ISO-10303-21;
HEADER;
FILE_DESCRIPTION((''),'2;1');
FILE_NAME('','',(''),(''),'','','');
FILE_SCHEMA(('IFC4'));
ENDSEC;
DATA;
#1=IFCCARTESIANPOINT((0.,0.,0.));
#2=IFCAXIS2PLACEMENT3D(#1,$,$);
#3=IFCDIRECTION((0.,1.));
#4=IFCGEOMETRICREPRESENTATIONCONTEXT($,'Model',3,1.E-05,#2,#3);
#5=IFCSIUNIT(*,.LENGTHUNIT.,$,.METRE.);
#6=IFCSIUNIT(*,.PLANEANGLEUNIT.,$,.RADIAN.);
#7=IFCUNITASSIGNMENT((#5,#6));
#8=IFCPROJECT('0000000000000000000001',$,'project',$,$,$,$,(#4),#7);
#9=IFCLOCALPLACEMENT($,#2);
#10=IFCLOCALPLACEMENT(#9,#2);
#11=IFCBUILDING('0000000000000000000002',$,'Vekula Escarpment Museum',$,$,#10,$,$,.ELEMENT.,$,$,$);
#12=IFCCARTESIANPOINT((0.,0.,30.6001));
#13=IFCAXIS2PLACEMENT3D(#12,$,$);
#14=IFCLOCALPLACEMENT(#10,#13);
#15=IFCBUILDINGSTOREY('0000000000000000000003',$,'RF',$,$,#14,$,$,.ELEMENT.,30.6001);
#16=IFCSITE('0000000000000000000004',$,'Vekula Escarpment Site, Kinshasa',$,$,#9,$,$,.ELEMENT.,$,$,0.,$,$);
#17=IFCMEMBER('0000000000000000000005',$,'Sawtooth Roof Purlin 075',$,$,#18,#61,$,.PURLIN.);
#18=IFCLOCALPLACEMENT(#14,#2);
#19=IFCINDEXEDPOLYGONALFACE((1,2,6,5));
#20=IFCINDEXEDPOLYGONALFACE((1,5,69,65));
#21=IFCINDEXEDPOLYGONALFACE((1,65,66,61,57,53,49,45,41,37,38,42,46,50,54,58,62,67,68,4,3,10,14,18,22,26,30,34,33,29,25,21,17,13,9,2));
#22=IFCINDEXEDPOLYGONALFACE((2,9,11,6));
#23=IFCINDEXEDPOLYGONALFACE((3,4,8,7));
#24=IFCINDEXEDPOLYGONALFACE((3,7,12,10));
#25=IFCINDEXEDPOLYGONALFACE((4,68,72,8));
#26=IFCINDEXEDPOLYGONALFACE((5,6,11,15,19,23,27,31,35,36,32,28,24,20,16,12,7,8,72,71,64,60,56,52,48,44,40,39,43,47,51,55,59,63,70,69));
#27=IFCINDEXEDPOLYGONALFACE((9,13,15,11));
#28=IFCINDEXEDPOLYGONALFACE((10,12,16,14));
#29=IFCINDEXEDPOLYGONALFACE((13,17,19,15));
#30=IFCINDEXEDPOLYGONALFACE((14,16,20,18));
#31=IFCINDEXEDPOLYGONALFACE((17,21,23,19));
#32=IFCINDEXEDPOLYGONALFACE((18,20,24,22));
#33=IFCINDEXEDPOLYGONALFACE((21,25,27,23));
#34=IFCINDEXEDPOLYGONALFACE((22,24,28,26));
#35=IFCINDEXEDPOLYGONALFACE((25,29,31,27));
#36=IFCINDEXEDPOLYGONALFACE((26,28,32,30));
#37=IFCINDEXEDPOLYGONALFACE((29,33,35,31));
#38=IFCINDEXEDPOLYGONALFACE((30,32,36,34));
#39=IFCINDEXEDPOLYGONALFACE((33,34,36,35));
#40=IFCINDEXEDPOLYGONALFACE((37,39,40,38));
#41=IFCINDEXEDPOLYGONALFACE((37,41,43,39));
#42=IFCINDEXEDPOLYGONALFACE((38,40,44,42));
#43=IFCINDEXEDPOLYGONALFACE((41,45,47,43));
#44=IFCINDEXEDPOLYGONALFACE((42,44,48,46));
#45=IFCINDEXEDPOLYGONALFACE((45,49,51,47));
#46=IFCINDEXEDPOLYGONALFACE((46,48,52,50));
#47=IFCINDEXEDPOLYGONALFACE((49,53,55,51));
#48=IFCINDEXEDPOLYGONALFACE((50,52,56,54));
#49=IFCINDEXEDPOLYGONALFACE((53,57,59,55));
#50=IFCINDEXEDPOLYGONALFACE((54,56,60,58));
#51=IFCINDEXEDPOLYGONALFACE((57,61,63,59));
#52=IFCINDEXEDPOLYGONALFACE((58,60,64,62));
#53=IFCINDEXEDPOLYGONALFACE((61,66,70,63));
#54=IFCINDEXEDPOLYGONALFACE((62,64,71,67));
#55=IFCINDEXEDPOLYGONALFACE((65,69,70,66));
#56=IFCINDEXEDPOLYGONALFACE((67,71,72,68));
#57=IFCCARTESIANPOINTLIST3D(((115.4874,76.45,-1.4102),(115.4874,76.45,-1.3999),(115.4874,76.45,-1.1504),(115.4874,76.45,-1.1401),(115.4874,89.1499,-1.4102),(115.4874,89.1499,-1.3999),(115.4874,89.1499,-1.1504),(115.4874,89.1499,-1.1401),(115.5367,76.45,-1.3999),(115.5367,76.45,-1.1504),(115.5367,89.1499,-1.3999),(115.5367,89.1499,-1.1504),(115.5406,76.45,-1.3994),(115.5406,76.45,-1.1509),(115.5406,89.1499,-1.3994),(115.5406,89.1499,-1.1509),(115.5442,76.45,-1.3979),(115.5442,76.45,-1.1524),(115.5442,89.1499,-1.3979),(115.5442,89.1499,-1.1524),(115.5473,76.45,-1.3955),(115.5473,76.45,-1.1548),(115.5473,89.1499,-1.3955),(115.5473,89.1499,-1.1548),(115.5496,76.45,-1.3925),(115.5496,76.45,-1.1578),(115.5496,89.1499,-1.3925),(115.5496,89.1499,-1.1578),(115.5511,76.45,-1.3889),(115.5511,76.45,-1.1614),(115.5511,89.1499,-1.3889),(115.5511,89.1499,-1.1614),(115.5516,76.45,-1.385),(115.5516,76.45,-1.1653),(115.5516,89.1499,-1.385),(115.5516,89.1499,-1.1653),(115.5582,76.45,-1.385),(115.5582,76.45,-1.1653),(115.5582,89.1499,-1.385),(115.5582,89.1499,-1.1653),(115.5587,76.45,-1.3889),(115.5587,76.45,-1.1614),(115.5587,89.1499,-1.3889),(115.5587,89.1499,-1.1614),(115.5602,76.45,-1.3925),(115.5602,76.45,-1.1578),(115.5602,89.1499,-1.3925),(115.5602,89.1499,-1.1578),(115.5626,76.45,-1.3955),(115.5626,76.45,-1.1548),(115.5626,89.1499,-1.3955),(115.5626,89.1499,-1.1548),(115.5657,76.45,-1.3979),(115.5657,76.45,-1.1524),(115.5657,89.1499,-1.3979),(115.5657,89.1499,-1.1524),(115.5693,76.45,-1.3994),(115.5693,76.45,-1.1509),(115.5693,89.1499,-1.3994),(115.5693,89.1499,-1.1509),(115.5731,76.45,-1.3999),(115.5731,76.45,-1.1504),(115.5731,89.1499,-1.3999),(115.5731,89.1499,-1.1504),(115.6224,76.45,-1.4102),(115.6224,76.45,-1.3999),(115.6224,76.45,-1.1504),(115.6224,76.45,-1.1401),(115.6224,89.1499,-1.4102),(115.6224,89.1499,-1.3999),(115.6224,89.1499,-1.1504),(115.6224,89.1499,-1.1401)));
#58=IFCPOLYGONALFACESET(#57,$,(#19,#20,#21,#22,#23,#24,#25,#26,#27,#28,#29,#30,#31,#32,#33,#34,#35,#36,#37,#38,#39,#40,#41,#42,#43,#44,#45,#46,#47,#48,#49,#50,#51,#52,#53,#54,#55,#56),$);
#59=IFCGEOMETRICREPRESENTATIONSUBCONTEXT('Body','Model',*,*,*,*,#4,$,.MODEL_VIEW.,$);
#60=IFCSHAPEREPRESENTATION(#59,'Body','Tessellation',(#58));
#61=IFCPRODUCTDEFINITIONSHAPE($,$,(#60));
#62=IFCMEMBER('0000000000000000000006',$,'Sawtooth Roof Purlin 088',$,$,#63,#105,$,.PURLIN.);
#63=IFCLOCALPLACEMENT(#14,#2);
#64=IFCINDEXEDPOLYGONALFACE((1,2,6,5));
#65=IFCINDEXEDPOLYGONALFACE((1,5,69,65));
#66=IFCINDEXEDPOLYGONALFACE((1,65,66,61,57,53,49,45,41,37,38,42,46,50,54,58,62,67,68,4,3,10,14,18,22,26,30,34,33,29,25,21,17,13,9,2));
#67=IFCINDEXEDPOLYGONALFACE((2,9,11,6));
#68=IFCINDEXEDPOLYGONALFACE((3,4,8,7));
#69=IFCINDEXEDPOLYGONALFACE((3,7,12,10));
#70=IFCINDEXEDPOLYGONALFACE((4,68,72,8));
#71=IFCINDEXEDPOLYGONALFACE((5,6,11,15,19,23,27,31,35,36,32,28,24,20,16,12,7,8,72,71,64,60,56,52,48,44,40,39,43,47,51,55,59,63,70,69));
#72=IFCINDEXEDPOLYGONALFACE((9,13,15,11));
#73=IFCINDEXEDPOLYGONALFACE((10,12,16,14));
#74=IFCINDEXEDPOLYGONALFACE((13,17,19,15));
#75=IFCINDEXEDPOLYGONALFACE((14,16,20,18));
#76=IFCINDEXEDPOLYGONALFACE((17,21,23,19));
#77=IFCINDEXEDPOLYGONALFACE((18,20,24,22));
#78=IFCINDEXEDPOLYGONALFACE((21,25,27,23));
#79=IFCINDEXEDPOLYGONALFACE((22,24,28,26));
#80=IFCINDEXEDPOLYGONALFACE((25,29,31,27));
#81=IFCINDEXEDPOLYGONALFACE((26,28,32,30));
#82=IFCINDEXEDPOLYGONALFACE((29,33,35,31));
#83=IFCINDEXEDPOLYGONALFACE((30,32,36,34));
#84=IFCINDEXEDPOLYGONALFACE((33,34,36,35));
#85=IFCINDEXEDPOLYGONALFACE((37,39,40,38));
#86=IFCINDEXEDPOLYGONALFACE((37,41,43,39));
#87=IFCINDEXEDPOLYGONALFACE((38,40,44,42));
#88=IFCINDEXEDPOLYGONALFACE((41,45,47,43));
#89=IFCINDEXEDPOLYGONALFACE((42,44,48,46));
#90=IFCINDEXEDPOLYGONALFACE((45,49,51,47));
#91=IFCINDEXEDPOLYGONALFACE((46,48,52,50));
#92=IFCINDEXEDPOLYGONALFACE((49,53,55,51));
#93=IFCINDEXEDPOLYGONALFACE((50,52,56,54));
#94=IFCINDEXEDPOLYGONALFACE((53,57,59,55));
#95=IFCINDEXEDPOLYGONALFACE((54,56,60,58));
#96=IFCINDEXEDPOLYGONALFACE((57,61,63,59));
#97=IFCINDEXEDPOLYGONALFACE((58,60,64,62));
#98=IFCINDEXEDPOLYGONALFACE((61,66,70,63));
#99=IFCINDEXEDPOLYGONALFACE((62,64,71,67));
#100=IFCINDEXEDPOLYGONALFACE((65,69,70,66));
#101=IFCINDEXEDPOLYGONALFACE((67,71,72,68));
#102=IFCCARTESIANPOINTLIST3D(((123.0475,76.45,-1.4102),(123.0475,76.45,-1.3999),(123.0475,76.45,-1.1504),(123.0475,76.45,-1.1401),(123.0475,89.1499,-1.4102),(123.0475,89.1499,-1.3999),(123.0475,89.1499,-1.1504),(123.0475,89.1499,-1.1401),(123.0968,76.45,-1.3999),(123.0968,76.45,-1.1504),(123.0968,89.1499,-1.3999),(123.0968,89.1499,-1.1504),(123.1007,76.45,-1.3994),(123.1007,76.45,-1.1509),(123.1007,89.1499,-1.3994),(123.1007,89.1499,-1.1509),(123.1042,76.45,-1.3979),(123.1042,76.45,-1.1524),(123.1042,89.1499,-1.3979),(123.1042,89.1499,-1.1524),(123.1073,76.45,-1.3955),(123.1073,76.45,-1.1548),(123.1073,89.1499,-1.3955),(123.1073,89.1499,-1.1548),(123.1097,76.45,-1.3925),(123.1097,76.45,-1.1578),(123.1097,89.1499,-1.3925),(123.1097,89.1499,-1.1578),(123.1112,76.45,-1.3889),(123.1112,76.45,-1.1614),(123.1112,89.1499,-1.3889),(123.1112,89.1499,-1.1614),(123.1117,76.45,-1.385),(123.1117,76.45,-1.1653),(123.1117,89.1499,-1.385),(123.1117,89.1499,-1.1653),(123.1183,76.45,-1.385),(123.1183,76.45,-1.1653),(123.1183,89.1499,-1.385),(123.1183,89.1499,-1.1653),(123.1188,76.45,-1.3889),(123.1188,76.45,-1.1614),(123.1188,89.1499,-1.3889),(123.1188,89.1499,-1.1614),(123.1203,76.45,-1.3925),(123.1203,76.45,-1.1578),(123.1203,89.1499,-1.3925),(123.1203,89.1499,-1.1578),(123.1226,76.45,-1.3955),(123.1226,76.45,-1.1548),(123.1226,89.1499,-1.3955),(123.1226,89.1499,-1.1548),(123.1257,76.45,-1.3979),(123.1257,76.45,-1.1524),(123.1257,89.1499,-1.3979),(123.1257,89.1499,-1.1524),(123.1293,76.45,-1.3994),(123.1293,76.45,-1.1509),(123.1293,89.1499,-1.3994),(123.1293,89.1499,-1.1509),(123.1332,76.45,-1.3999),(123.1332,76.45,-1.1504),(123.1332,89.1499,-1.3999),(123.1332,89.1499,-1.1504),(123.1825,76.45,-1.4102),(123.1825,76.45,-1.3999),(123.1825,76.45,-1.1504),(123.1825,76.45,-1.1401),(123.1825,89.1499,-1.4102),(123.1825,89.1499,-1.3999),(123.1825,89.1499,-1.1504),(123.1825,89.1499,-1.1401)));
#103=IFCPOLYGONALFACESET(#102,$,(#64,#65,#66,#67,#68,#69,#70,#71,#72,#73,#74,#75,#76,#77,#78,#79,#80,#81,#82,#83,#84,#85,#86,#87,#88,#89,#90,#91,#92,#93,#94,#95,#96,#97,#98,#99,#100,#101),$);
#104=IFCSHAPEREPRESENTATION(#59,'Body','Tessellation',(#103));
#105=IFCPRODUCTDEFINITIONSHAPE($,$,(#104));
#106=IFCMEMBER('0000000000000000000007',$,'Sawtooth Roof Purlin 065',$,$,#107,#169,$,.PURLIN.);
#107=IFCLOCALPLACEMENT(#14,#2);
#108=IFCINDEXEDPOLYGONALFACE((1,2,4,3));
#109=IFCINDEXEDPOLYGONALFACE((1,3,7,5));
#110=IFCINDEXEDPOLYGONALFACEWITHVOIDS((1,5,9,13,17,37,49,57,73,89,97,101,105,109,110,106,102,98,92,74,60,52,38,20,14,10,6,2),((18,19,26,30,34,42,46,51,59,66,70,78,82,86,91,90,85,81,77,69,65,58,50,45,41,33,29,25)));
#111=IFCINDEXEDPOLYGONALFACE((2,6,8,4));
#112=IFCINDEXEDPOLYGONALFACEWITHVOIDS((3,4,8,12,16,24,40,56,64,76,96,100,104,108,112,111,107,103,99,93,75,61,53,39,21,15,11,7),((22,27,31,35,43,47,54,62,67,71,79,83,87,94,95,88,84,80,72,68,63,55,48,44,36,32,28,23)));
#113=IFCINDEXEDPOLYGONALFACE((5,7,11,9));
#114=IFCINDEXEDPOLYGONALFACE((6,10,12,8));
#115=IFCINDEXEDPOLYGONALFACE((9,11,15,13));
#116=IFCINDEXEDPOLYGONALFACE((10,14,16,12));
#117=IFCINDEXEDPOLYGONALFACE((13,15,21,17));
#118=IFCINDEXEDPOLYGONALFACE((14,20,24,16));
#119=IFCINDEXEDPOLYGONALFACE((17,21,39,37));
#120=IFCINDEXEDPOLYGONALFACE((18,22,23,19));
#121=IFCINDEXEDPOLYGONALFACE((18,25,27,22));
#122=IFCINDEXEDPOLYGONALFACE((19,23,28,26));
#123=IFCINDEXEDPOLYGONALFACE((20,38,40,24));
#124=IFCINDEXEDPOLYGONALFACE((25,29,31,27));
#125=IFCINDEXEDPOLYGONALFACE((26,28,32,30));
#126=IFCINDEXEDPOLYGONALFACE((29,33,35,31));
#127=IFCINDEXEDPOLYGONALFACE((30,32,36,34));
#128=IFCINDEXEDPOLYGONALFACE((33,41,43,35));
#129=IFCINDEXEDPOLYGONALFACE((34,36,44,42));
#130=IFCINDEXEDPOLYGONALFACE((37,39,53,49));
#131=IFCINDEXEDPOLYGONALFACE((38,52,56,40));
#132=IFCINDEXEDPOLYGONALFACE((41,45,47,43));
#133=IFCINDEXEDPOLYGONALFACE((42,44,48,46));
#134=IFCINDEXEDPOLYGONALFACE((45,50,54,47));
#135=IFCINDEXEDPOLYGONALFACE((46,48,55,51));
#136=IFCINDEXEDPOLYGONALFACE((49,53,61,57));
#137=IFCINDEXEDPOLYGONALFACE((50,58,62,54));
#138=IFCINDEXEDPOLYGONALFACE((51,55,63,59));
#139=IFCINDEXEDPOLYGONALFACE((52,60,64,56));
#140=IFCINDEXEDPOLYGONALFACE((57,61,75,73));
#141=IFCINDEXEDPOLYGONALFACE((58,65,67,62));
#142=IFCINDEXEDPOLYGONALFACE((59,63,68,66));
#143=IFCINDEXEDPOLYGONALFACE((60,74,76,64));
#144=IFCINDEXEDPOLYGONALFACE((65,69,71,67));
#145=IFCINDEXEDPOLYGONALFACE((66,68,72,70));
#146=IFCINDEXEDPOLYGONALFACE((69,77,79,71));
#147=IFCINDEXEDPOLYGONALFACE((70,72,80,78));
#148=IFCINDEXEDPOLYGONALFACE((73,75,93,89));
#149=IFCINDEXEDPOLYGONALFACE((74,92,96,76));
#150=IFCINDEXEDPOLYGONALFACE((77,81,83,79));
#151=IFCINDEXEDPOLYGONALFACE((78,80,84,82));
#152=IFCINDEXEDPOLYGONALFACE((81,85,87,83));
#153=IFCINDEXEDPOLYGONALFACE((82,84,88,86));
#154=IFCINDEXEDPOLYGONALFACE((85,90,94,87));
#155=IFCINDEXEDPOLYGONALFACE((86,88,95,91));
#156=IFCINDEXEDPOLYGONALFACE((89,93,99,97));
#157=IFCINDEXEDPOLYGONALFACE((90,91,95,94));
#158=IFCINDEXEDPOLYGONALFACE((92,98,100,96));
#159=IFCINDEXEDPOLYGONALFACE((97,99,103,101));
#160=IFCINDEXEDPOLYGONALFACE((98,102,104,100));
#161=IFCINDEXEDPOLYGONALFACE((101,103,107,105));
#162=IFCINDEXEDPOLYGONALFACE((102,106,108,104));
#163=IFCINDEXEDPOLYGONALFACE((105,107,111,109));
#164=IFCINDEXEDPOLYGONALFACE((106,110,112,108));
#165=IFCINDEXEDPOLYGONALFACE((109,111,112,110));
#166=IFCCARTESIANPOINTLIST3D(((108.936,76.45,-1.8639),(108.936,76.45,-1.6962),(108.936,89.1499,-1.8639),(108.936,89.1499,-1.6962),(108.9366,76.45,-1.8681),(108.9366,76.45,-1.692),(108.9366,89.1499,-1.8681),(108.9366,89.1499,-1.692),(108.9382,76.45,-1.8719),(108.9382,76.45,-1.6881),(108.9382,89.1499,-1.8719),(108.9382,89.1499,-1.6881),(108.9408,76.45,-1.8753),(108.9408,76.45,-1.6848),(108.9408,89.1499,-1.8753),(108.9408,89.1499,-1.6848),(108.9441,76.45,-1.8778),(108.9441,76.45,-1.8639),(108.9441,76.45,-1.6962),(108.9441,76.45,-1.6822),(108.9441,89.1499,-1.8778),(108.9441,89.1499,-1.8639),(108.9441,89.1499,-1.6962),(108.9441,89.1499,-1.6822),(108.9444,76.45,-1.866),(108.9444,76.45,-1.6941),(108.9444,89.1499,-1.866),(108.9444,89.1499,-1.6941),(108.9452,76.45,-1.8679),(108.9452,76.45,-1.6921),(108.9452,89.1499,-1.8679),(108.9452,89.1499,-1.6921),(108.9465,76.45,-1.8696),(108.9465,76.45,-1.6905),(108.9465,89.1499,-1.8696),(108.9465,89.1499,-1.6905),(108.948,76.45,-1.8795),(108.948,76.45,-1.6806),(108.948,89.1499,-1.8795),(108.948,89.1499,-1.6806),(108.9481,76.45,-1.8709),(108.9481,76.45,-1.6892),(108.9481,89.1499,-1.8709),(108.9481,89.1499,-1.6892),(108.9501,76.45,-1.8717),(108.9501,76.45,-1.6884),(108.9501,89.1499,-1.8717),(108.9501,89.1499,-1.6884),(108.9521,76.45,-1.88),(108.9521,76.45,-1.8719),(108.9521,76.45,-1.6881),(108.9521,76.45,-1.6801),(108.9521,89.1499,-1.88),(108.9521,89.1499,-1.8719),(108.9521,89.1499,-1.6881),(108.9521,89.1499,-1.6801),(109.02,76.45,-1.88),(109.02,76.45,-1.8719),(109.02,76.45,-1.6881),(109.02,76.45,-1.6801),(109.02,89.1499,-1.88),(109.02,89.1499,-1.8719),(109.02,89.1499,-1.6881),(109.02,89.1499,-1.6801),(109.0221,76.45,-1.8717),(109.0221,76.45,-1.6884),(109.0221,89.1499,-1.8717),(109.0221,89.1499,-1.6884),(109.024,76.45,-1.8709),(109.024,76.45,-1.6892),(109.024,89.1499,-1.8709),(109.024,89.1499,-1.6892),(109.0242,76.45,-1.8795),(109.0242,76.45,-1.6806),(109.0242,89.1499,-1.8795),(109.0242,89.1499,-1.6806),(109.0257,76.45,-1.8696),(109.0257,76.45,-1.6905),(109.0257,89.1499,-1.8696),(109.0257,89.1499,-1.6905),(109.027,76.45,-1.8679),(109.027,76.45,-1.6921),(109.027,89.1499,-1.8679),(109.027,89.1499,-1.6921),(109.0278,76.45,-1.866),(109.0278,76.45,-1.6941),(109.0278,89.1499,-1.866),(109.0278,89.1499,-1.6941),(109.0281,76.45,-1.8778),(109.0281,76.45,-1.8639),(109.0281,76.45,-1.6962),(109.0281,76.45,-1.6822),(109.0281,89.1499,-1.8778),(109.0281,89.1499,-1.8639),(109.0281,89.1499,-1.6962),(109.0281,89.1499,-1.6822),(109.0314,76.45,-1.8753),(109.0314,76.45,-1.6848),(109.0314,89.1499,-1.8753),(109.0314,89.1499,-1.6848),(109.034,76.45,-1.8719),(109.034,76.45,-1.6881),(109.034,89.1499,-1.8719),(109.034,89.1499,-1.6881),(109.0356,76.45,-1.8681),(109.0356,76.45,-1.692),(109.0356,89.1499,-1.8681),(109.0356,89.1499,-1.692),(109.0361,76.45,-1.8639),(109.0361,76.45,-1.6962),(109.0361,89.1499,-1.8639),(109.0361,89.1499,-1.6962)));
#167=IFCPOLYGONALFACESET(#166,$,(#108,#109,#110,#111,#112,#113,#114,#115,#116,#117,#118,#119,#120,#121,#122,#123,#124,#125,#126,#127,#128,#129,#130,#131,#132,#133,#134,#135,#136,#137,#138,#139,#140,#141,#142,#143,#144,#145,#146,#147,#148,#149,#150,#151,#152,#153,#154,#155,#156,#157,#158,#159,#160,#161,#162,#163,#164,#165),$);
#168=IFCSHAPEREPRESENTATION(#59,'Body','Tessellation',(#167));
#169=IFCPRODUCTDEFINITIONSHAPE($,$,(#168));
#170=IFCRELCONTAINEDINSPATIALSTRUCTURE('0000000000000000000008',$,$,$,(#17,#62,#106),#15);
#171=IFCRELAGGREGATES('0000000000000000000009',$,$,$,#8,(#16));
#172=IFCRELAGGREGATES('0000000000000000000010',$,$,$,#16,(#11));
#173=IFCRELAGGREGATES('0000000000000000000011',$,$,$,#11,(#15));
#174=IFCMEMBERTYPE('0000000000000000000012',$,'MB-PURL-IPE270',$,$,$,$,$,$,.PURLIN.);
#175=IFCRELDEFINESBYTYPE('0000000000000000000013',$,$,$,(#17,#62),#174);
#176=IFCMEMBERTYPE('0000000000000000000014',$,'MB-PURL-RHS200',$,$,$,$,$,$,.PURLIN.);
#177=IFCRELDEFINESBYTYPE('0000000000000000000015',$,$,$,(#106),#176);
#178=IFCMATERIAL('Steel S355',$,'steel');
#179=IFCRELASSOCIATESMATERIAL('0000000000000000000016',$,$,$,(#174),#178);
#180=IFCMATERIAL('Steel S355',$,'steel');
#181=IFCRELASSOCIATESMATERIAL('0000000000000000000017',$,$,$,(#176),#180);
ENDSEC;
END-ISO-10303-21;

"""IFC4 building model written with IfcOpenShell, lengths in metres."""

from ifc_helpers import new_model, si_unit, direction, frame, origin, origin_2d, place, context, subcontext, project, spatial, hollow_rectangle, i_section, extrude, material, material_profile, profile_set, type_object, element, save


model = new_model("IFC4")

# Units and contexts
model_context = context("Model", 3, precision=1e-05, world=origin(), true_north=direction((0.0, 1.0)))
body_context = subcontext(model_context, "Body", "Model", "MODEL_VIEW")
ifc_project = project(units=[si_unit("LENGTHUNIT", "METRE"), si_unit("PLANEANGLEUNIT", "RADIAN")], contexts=[model_context])

# Site, building, storey
site_placement = place(None, origin())
site = spatial("IfcSite", under=ifc_project, at=site_placement, Name="Vekula Escarpment Site, Kinshasa", CompositionType="ELEMENT", RefElevation=0.0)
building_placement = place(site_placement, origin())
building = spatial("IfcBuilding", under=site, at=building_placement, Name="Vekula Escarpment Museum", CompositionType="ELEMENT")
storey_placement = place(building_placement, frame((0.0, 0.0, 30.6001)))
storey = spatial("IfcBuildingStorey", under=building, at=storey_placement, Name="RF", CompositionType="ELEMENT", Elevation=30.6001)

# Members
ifc_material_1 = material(Name="Steel S355", Category="steel")
ifc_material_profile_1 = material_profile(ifc_material_1, i_section(OverallWidth=0.135, OverallDepth=0.27, WebThickness=0.0066, FlangeThickness=0.0103, FilletRadius=0.0149, at=origin_2d()), Name="IPE 270")
ifc_profile_set_1 = profile_set([ifc_material_profile_1], Name="Steel S355")
member_type_1 = type_object("IfcMemberType", Name="MB-PURL-IPE270", PredefinedType="PURLIN", material=ifc_profile_set_1)
for number, where, z_axis, x_axis, name in (
    (1, (115.5549, 76.45, -1.2751), (0.0, 1.0, 0.0), (-1.0, 0.0, 0.0), "Sawtooth Roof Purlin 075"),
    (2, (123.115, 76.45, -1.2751), (0.0, 1.0, 0.0), (-1.0, 0.0, 0.0), "Sawtooth Roof Purlin 088"),
):
    element("IfcMember", number, at=place(storey_placement, frame(where, z_axis=z_axis, x_axis=x_axis)), inside=storey, type_object=member_type_1, Name=name, PredefinedType="PURLIN", context=body_context, shape_type="SweptSolid", body=[
        extrude(i_section(OverallWidth=0.135, OverallDepth=0.27, WebThickness=0.0066, FlangeThickness=0.0103, FilletRadius=0.0149, at=origin_2d()), origin(), (0.0, 0.0, 1.0), 12.7),
    ])
ifc_material_2 = material(Name="Steel S355", Category="steel")
ifc_material_profile_2 = material_profile(ifc_material_2, hollow_rectangle(XDim=0.1001, YDim=0.2, WallThickness=0.0081, InnerFilletRadius=0.0081, OuterFilletRadius=0.0161, at=origin_2d()), Name="RHS 200x100x8")
ifc_profile_set_2 = profile_set([ifc_material_profile_2], Name="Steel S355")
member_type_2 = type_object("IfcMemberType", Name="MB-PURL-RHS200", PredefinedType="PURLIN", material=ifc_profile_set_2)
for number, where, z_axis, x_axis, name in (
    (3, (108.9861, 76.45, -1.78), (0.0, 1.0, 0.0), (-1.0, 0.0, 0.0), "Sawtooth Roof Purlin 065"),
):
    element("IfcMember", number, at=place(storey_placement, frame(where, z_axis=z_axis, x_axis=x_axis)), inside=storey, type_object=member_type_2, Name=name, PredefinedType="PURLIN", context=body_context, shape_type="SweptSolid", body=[
        extrude(hollow_rectangle(XDim=0.1001, YDim=0.2, WallThickness=0.0081, InnerFilletRadius=0.0081, OuterFilletRadius=0.0161, at=origin_2d()), origin(), (0.0, 0.0, 1.0), 12.7),
    ])

save(model, "model.ifc")
